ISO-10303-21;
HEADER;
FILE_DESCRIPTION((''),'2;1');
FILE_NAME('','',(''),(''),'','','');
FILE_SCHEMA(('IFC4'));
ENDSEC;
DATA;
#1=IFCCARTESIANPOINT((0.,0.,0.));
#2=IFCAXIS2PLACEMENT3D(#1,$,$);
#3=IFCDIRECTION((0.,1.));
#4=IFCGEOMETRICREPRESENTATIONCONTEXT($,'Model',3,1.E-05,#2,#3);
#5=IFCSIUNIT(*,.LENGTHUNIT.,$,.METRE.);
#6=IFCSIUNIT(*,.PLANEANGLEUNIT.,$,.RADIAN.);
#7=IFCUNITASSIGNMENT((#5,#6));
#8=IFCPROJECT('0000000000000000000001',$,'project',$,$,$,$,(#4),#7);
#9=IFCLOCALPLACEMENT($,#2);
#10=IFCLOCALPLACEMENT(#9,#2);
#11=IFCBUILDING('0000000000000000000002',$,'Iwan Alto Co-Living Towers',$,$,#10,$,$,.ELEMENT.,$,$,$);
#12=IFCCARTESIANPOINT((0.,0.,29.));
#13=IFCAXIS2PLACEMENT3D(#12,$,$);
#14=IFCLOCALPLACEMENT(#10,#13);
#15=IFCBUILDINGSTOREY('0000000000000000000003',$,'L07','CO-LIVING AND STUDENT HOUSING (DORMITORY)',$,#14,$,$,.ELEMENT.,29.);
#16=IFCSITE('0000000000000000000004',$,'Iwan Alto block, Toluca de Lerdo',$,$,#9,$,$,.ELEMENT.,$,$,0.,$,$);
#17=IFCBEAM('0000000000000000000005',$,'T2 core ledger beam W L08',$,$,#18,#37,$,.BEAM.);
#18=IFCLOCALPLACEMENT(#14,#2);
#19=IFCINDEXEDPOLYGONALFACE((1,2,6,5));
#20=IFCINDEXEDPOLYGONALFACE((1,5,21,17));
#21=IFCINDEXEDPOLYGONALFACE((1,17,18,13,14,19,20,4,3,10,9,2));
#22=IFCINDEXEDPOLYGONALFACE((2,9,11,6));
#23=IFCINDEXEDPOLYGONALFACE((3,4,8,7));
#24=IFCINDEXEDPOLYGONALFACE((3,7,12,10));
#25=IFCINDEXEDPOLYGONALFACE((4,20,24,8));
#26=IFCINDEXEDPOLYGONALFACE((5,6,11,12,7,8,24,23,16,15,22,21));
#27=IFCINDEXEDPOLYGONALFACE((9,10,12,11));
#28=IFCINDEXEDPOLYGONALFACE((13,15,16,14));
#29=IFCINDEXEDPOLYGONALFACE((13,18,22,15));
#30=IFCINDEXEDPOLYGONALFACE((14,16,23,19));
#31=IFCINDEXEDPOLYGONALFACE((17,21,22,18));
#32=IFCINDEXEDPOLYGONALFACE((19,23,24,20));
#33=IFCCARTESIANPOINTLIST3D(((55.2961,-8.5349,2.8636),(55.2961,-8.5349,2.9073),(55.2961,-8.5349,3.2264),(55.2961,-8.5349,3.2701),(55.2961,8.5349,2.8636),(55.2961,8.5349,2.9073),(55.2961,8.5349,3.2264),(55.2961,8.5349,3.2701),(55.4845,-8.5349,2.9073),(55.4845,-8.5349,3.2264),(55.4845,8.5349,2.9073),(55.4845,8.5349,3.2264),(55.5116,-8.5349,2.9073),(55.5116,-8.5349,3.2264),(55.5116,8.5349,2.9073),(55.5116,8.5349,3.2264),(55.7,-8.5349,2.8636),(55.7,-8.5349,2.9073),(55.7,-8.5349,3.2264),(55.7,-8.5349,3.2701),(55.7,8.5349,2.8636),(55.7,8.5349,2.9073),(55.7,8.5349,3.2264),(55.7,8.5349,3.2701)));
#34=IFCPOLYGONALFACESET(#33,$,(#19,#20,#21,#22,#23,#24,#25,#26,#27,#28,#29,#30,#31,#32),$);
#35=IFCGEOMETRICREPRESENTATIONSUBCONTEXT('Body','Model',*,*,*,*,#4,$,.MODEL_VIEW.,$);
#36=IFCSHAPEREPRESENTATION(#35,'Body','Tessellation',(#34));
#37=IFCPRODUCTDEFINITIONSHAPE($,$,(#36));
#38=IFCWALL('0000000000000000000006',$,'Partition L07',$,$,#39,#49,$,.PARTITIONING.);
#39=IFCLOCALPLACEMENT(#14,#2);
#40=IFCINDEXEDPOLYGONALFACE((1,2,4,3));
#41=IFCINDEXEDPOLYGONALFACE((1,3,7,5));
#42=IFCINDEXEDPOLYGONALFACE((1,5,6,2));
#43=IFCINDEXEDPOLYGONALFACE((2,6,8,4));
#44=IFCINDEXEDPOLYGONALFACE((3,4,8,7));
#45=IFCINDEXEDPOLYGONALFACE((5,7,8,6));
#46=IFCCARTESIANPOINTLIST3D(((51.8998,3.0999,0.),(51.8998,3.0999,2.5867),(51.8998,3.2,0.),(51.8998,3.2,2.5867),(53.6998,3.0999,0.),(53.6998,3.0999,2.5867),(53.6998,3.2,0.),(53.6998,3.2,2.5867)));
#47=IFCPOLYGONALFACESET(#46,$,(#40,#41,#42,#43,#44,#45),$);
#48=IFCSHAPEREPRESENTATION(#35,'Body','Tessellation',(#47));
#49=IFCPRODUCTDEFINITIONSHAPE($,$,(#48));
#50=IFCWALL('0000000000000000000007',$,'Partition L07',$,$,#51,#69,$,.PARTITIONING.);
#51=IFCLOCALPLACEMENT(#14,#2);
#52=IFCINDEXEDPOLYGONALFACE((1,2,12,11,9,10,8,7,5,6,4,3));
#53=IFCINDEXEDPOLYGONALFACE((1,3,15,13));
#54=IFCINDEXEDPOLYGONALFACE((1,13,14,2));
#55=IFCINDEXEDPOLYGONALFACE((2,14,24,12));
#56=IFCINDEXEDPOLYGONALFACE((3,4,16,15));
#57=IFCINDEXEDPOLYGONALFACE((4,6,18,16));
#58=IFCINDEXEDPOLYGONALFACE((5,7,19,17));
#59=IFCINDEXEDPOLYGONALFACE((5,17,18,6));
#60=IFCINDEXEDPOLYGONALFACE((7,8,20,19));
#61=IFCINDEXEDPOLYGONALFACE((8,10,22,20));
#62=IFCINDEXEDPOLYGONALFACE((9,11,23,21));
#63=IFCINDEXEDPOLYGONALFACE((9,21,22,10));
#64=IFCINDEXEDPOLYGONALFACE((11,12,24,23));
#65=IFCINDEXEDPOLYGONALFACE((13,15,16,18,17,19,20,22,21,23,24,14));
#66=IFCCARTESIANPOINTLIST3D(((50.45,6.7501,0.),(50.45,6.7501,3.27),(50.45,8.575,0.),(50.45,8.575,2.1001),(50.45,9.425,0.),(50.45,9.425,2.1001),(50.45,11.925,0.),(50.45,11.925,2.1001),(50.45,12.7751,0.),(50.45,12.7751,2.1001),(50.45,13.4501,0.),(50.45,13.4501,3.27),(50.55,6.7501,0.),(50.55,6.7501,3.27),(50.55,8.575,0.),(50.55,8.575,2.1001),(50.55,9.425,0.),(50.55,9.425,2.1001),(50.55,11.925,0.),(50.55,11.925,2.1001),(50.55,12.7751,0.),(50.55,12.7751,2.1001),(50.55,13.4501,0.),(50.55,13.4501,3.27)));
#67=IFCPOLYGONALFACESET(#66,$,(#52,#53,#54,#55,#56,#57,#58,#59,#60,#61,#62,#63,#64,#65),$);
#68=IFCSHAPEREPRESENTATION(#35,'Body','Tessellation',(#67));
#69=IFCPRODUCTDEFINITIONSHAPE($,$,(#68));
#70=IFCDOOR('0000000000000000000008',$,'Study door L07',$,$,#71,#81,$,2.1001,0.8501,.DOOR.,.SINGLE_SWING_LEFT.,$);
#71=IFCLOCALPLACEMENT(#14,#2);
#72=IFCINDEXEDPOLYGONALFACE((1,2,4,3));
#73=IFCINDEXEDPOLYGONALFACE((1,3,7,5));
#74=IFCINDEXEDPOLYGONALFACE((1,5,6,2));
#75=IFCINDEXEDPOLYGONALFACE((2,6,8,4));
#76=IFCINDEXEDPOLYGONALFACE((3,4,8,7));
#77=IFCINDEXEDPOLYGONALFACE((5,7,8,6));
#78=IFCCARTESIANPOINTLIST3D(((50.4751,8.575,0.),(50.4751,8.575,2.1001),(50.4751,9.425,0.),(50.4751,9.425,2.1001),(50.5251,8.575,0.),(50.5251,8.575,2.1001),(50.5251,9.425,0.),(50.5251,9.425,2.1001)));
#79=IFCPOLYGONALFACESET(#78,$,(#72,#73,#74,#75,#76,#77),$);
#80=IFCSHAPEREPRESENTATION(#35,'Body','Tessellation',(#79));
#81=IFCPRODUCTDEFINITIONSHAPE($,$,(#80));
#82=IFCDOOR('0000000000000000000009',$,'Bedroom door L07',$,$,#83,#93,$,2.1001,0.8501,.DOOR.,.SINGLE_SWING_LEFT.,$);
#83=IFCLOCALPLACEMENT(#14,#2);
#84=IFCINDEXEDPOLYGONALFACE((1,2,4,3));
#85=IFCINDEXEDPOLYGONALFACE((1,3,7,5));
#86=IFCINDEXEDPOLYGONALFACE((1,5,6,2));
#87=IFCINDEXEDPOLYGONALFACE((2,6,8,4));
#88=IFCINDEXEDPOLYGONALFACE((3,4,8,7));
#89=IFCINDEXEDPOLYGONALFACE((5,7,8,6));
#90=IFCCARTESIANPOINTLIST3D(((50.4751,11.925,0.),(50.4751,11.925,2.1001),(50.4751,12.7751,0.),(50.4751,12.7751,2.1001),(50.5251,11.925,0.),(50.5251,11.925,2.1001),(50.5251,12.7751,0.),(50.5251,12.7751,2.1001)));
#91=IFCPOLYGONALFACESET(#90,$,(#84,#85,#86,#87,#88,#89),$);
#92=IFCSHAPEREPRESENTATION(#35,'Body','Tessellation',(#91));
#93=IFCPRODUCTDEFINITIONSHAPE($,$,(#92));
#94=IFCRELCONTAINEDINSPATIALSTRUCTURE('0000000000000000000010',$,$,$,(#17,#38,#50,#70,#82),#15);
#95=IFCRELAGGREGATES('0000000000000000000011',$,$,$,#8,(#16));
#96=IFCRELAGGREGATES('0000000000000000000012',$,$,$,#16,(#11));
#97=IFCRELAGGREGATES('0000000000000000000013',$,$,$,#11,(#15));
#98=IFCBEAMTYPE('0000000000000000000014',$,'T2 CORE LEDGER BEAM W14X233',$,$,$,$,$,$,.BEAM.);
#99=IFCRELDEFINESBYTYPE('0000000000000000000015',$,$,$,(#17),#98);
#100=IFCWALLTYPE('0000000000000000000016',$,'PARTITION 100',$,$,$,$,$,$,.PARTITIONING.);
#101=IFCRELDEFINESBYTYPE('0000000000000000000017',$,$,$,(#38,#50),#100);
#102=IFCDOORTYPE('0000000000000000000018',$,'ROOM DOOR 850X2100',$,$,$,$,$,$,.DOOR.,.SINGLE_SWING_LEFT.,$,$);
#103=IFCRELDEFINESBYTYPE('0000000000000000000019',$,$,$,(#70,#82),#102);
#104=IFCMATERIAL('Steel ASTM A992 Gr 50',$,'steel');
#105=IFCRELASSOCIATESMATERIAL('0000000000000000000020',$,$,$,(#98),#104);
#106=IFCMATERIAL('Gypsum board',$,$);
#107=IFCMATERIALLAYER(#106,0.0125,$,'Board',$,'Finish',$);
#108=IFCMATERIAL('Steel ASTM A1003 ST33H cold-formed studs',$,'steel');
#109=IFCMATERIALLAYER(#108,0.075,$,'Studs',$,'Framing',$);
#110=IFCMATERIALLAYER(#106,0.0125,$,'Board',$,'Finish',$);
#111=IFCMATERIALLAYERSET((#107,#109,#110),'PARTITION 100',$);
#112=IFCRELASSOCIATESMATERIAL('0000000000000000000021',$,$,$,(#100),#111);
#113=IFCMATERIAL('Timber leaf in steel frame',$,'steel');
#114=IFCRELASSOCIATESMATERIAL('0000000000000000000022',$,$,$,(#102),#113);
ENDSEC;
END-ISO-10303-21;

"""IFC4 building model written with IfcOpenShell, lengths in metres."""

from ifc_helpers import new_model, si_unit, direction, frame, frame_2d, origin, origin_2d, place, context, subcontext, project, spatial, rectangle, i_section, extrude, material, layer, layer_set, material_profile, profile_set, type_object, element, fill, save


model = new_model("IFC4")

# Units and contexts
model_context = context("Model", 3, precision=1e-05, world=origin(), true_north=direction((0.0, 1.0)))
body_context = subcontext(model_context, "Body", "Model", "MODEL_VIEW")
ifc_project = project(units=[si_unit("LENGTHUNIT", "METRE"), si_unit("PLANEANGLEUNIT", "RADIAN")], contexts=[model_context])

# Site, building, storey
site_placement = place(None, origin())
site = spatial("IfcSite", under=ifc_project, at=site_placement, Name="Iwan Alto block, Toluca de Lerdo", CompositionType="ELEMENT", RefElevation=0.0)
building_placement = place(site_placement, origin())
building = spatial("IfcBuilding", under=site, at=building_placement, Name="Iwan Alto Co-Living Towers", CompositionType="ELEMENT")
storey_placement = place(building_placement, frame((0.0, 0.0, 29.0)))
storey = spatial("IfcBuildingStorey", under=building, at=storey_placement, Name="L07", Description="CO-LIVING AND STUDENT HOUSING (DORMITORY)", CompositionType="ELEMENT", Elevation=29.0)

# Beam
ifc_material_1 = material(Name="Steel ASTM A992 Gr 50", Category="steel")
ifc_material_profile = material_profile(ifc_material_1, i_section(OverallWidth=0.4038, OverallDepth=0.4065, WebThickness=0.0271, FlangeThickness=0.0437, at=origin_2d()), Name="W14X233")
ifc_profile_set = profile_set([ifc_material_profile], Name="Steel ASTM A992 Gr 50")
beam_type = type_object("IfcBeamType", Name="T2 CORE LEDGER BEAM W14X233", PredefinedType="BEAM", material=ifc_profile_set)
beam_placement = place(storey_placement, frame((55.498, 8.5349, 3.0669), z_axis=(0.0, -1.0, 0.0), x_axis=(1.0, 0.0, 0.0)))
element("IfcBeam", 1, at=beam_placement, inside=storey, type_object=beam_type, Name="T2 core ledger beam W L08", PredefinedType="BEAM", context=body_context, shape_type="SweptSolid", body=[
    extrude(i_section(OverallWidth=0.4038, OverallDepth=0.4065, WebThickness=0.0271, FlangeThickness=0.0437, at=origin_2d()), origin(), (0.0, 0.0, 1.0), 17.0698),
])

# Wall
ifc_material_2 = material(Name="Gypsum board")
ifc_layer_1 = layer(ifc_material_2, 0.0125, Name="Board", Category="Finish")
ifc_material_3 = material(Name="Steel ASTM A1003 ST33H cold-formed studs", Category="steel")
ifc_layer_2 = layer(ifc_material_3, 0.075, Name="Studs", Category="Framing")
ifc_layer_3 = layer(ifc_material_2, 0.0125, Name="Board", Category="Finish")
ifc_layer_set_1 = layer_set([ifc_layer_1, ifc_layer_2, ifc_layer_3], Name="PARTITION 100")
wall_type_1 = type_object("IfcWallType", Name="PARTITION 100", PredefinedType="PARTITIONING", material=ifc_layer_set_1)
wall_1_placement = place(storey_placement, frame((51.8999, 3.1499, 0.0), z_axis=(0.0, 0.0, 1.0), x_axis=(1.0, 0.0, 0.0)))
element("IfcWall", 2, at=wall_1_placement, inside=storey, type_object=wall_type_1, Name="Partition L07", PredefinedType="PARTITIONING", context=body_context, shape_type="SweptSolid", body=[
    extrude(rectangle(XDim=1.8, YDim=0.1001, at=frame_2d((0.8999, 0.0))), origin(), (0.0, 0.0, 1.0), 2.5867),
])

# Wall, openings, doors
wall_2_placement = place(storey_placement, frame((50.5, 6.75, 0.0), z_axis=(0.0, 0.0, 1.0), x_axis=(0.0, 1.0, 0.0)))
wall_2 = element("IfcWall", 3, at=wall_2_placement, inside=storey, type_object=wall_type_1, Name="Partition L07", PredefinedType="PARTITIONING", context=body_context, shape_type="SweptSolid", body=[
    extrude(rectangle(XDim=6.7, YDim=0.1001, at=frame_2d((3.3501, 0.0))), origin(), (0.0, 0.0, 1.0), 3.27),
])
opening_1_placement = place(wall_2_placement, frame((1.825, 0.0, 0.0)))
opening_1 = element("IfcOpeningElement", 4, at=opening_1_placement, cuts=wall_2, PredefinedType="OPENING", context=body_context, shape_type="SweptSolid", body=[
    extrude(rectangle(XDim=0.8501, YDim=2.1001, at=frame_2d((0.425, 1.05))), frame((0.0, 0.0601, 0.0), z_axis=(0.0, -1.0, 0.0), x_axis=(1.0, 0.0, 0.0)), (0.0, 0.0, 1.0), 0.1201),
])
opening_2_placement = place(wall_2_placement, frame((5.175, 0.0, 0.0)))
opening_2 = element("IfcOpeningElement", 5, at=opening_2_placement, cuts=wall_2, PredefinedType="OPENING", context=body_context, shape_type="SweptSolid", body=[
    extrude(rectangle(XDim=0.8501, YDim=2.1001, at=frame_2d((0.425, 1.05))), frame((0.0, 0.0601, 0.0), z_axis=(0.0, -1.0, 0.0), x_axis=(1.0, 0.0, 0.0)), (0.0, 0.0, 1.0), 0.1201),
])
ifc_material_4 = material(Name="Timber leaf in steel frame", Category="steel")
door_type_1 = type_object("IfcDoorType", Name="ROOM DOOR 850X2100", OperationType="SINGLE_SWING_LEFT", PredefinedType="DOOR", material=ifc_material_4)
door_1_placement = place(opening_1_placement, origin())
door_1 = element("IfcDoor", 6, at=door_1_placement, inside=storey, type_object=door_type_1, Name="Study door L07", OperationType="SINGLE_SWING_LEFT", OverallHeight=2.1001, OverallWidth=0.8501, PredefinedType="DOOR", context=body_context, shape_type="SweptSolid", body=[
    extrude(rectangle(XDim=0.8501, YDim=2.1001, at=frame_2d((0.425, 1.05))), frame((0.0, 0.0249, 0.0), z_axis=(0.0, -1.0, 0.0), x_axis=(1.0, 0.0, 0.0)), (0.0, 0.0, 1.0), 0.05),
])
fill(opening_1, door_1)
door_2_placement = place(opening_2_placement, origin())
door_2 = element("IfcDoor", 7, at=door_2_placement, inside=storey, type_object=door_type_1, Name="Bedroom door L07", OperationType="SINGLE_SWING_LEFT", OverallHeight=2.1001, OverallWidth=0.8501, PredefinedType="DOOR", context=body_context, shape_type="SweptSolid", body=[
    extrude(rectangle(XDim=0.8501, YDim=2.1001, at=frame_2d((0.425, 1.05))), frame((0.0, 0.0249, 0.0), z_axis=(0.0, -1.0, 0.0), x_axis=(1.0, 0.0, 0.0)), (0.0, 0.0, 1.0), 0.05),
])
fill(opening_2, door_2)

save(model, "model.ifc")
